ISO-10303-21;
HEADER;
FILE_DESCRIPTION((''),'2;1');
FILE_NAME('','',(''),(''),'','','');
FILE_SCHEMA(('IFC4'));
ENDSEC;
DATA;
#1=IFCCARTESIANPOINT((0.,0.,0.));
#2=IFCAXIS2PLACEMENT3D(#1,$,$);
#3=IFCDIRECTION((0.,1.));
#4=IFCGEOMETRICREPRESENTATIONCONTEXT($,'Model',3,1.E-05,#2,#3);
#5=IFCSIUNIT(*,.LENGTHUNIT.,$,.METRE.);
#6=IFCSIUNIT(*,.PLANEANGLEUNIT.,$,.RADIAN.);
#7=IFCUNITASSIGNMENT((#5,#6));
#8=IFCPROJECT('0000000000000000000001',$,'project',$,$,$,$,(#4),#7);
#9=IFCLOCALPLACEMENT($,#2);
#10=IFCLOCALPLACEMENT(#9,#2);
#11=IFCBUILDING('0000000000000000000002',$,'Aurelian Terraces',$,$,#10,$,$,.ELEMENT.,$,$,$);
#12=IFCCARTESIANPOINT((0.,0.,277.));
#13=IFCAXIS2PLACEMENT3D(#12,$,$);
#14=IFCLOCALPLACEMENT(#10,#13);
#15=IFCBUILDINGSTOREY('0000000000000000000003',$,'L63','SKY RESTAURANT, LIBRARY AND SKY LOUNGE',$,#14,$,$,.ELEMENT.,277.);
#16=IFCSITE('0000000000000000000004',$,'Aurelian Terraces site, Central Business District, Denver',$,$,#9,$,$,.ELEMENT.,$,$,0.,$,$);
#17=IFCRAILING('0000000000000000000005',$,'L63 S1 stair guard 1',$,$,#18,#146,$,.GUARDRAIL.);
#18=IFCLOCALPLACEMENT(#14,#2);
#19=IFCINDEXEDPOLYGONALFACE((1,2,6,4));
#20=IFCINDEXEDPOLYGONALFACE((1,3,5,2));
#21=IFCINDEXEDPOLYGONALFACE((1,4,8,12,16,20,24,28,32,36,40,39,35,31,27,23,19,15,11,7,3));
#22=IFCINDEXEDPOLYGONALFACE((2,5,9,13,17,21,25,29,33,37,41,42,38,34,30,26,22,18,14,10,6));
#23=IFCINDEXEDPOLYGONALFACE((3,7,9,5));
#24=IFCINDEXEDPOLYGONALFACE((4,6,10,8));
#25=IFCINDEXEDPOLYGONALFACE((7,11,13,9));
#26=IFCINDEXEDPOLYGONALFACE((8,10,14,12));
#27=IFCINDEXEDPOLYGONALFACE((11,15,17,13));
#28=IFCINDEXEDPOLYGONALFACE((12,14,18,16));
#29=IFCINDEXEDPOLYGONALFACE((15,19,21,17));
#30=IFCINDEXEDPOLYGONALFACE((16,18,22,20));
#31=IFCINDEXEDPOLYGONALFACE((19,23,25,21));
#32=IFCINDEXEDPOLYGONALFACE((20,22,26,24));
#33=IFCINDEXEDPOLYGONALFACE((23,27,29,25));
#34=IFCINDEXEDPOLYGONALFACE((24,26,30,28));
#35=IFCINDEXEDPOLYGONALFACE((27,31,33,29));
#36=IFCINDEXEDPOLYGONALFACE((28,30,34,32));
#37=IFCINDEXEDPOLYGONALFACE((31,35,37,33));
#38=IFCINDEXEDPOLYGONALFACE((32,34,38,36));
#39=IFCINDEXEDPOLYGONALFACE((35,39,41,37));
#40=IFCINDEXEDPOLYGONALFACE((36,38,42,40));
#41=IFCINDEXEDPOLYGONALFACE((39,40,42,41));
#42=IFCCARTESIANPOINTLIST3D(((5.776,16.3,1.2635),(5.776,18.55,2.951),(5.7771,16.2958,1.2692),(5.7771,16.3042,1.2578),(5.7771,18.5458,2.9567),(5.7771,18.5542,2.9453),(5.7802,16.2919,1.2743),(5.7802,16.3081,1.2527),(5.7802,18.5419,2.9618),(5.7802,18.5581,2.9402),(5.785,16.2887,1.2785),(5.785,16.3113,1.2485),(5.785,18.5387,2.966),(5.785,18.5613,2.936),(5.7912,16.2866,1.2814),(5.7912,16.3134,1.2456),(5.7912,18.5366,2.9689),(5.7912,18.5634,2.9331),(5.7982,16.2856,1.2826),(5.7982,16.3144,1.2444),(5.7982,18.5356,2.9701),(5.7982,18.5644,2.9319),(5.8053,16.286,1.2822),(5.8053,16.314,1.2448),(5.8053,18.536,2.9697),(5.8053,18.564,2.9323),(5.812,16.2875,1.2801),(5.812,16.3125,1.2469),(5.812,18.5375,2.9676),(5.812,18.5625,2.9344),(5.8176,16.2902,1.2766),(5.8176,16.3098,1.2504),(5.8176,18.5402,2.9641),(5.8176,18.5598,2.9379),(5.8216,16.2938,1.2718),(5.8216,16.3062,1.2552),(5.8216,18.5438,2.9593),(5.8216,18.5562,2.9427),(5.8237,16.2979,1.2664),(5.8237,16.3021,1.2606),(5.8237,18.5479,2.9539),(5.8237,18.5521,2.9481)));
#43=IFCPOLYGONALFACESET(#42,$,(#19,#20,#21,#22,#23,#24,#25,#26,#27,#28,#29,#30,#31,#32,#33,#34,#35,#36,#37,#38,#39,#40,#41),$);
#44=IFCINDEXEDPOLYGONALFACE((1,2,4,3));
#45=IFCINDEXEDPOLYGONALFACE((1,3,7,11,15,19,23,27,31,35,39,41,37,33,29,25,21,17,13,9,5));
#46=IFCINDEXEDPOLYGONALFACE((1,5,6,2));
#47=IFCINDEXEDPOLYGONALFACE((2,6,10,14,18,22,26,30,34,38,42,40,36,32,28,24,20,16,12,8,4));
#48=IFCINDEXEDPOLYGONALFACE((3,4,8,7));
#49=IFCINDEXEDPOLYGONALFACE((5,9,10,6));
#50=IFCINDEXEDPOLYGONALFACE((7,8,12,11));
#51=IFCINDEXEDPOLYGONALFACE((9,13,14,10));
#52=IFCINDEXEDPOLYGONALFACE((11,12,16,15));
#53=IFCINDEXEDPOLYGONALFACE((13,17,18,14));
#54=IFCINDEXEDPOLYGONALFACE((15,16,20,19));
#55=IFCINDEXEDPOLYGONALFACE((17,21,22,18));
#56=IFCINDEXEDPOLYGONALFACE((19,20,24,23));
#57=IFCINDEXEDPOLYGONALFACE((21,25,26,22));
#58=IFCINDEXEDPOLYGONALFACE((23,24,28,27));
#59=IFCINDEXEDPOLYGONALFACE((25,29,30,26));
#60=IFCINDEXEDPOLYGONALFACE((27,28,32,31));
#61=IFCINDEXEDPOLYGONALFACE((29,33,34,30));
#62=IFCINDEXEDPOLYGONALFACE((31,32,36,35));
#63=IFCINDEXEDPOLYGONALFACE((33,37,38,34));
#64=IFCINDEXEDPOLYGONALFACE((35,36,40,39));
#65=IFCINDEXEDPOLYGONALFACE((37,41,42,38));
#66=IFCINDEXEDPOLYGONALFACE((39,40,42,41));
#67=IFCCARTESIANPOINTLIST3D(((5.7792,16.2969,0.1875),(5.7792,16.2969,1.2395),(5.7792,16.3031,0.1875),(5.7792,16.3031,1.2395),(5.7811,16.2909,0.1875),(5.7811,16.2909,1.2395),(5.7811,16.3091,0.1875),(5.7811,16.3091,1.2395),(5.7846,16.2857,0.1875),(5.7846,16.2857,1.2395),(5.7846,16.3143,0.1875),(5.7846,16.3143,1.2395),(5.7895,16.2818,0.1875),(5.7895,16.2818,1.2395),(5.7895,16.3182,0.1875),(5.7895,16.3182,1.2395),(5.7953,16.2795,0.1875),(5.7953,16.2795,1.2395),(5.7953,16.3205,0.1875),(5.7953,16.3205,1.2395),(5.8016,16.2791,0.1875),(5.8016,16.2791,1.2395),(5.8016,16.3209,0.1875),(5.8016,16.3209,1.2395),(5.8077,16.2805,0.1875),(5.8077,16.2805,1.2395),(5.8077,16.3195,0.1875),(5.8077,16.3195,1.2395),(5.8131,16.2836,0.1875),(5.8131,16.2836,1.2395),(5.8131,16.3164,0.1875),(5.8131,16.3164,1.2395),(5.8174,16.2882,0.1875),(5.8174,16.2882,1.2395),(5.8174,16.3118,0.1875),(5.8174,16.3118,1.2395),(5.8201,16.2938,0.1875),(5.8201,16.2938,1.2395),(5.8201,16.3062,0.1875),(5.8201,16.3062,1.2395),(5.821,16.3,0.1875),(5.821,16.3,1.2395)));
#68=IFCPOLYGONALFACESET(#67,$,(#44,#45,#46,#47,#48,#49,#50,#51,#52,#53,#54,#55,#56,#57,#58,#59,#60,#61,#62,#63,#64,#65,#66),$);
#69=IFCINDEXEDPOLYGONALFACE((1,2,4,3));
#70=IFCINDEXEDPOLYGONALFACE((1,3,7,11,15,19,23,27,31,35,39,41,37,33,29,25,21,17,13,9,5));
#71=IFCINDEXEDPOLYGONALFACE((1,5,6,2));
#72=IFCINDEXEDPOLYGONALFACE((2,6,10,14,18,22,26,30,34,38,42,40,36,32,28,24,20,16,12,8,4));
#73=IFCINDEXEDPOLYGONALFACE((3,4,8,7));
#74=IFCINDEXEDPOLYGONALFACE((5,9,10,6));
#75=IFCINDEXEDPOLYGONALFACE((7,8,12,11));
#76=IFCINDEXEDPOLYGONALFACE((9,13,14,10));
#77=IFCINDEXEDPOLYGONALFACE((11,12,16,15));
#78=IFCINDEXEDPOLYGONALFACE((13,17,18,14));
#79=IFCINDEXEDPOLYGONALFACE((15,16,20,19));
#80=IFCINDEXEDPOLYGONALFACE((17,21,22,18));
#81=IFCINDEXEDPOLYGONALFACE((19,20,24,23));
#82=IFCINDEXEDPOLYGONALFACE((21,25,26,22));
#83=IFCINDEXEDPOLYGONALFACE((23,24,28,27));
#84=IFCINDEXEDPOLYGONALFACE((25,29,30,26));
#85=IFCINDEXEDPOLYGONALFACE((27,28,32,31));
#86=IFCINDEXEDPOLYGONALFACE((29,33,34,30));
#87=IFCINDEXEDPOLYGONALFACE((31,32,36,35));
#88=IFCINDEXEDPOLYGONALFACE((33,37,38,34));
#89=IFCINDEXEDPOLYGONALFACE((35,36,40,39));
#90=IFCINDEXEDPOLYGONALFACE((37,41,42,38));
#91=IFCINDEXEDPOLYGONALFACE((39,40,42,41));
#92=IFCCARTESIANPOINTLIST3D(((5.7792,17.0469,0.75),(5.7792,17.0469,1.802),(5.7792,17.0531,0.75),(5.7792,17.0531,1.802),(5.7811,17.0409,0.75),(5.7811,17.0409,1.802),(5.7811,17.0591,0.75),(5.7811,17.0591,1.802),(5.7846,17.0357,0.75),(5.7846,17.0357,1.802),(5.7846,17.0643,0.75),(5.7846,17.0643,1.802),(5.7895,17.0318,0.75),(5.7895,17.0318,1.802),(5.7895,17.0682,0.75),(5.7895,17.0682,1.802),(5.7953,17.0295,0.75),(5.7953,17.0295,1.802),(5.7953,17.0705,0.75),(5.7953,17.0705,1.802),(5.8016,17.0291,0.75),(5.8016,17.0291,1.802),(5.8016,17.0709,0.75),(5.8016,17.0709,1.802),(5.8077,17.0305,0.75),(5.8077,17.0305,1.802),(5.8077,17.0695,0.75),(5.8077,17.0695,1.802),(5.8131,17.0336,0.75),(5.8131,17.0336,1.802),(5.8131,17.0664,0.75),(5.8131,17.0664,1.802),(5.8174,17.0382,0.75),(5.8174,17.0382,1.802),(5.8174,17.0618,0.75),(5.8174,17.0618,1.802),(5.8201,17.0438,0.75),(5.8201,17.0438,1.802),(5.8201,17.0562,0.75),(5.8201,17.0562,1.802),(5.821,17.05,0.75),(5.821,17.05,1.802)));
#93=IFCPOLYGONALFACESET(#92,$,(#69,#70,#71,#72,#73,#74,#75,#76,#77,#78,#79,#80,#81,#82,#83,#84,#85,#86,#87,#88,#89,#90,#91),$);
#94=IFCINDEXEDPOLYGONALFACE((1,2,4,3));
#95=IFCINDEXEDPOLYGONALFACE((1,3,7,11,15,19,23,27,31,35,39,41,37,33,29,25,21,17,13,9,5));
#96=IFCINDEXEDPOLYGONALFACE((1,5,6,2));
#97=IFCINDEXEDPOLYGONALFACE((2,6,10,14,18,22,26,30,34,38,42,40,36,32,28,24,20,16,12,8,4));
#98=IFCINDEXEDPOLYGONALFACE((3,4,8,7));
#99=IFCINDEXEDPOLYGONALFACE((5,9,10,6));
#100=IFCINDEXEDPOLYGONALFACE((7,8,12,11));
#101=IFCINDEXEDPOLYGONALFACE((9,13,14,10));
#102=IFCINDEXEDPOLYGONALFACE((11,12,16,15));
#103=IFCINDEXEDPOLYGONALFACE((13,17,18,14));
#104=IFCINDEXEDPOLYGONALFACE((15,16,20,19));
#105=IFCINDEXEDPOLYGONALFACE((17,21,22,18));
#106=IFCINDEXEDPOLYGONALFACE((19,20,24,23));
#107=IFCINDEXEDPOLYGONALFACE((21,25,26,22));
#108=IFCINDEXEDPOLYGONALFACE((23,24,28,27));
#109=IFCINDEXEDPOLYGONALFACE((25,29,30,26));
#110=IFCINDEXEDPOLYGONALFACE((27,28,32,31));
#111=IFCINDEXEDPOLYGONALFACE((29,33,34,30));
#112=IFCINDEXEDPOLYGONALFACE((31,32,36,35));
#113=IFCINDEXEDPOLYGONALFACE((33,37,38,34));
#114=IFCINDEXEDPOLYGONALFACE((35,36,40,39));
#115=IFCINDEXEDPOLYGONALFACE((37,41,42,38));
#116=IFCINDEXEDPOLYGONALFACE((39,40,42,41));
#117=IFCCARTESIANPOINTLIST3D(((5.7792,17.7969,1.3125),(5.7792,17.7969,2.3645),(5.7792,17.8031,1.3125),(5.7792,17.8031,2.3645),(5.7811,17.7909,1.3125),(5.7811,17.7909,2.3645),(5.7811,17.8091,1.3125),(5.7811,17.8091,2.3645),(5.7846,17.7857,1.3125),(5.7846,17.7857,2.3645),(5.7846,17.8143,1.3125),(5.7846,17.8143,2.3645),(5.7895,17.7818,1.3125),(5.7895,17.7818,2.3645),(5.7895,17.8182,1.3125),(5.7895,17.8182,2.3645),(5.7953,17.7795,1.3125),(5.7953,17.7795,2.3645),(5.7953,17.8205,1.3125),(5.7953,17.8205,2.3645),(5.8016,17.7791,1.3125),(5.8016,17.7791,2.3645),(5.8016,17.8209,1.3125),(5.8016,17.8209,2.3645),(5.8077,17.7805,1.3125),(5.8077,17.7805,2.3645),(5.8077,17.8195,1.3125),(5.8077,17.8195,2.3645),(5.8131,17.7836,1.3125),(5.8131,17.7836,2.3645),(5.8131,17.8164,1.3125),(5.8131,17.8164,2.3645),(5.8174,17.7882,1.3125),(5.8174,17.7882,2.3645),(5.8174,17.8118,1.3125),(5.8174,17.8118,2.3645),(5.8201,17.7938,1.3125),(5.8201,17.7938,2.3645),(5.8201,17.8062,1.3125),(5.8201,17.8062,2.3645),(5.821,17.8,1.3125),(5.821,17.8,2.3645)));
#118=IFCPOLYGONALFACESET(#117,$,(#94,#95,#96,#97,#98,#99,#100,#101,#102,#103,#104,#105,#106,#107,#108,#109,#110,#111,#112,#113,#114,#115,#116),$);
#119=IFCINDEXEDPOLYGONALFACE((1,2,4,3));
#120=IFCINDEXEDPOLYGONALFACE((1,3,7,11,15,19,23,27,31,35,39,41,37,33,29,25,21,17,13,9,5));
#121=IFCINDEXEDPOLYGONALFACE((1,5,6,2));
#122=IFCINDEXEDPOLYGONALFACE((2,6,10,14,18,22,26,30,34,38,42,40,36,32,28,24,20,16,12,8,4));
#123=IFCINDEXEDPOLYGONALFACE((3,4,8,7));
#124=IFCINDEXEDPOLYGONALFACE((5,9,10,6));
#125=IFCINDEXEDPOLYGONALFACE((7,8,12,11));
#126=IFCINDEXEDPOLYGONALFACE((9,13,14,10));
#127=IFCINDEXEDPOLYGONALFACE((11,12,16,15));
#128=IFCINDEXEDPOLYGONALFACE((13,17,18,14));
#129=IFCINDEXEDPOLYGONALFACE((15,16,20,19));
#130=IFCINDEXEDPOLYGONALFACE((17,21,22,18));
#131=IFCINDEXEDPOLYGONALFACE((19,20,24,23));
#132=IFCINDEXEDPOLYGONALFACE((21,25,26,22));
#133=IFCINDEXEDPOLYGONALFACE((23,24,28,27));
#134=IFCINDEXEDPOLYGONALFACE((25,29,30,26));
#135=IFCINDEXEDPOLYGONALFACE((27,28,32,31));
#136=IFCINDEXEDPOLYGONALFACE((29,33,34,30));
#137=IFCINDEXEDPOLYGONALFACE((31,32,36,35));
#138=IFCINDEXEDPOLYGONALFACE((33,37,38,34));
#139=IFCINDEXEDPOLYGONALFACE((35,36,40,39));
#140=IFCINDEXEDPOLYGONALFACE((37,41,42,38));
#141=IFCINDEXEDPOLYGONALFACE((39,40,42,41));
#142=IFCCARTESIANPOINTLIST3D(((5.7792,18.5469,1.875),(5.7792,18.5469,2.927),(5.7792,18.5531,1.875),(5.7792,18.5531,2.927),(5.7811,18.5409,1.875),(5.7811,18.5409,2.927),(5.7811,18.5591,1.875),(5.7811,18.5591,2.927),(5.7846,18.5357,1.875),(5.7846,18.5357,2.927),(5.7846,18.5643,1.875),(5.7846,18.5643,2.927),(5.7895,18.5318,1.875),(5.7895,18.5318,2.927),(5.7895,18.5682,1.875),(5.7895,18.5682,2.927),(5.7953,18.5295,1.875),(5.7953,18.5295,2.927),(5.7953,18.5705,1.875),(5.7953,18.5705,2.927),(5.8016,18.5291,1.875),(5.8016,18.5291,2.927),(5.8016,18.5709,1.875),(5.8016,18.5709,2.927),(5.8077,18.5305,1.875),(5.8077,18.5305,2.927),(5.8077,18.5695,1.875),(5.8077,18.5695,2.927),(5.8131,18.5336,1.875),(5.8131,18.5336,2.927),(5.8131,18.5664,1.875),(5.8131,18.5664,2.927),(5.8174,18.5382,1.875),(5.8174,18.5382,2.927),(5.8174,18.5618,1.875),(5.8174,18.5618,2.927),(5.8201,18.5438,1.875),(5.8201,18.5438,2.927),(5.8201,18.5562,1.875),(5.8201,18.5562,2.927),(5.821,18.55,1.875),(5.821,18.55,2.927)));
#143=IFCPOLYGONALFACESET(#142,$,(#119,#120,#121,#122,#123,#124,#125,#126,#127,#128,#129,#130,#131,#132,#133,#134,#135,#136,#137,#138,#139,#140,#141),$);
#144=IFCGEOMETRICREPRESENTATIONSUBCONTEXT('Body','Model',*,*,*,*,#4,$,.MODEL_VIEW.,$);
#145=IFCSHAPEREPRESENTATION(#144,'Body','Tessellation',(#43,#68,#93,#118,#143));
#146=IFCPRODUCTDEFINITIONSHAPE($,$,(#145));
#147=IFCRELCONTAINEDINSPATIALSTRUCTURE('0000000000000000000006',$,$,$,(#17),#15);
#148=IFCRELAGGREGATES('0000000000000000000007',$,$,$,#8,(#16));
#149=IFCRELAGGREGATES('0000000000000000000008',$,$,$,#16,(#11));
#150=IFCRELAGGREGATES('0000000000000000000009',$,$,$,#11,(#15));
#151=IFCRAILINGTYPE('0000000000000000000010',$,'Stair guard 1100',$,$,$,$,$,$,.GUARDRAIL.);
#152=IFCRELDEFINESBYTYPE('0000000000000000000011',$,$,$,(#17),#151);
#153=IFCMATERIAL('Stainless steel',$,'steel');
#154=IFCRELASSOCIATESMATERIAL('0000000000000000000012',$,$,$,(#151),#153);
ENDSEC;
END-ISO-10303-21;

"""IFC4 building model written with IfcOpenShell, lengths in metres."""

from ifc_helpers import new_model, si_unit, direction, frame, origin, origin_2d, place, context, subcontext, project, spatial, circle, extrude, source, transform, mapped, material, type_object, element, save


model = new_model("IFC4")

# Units and contexts
model_context = context("Model", 3, precision=1e-05, world=origin(), true_north=direction((0.0, 1.0)))
body_context = subcontext(model_context, "Body", "Model", "MODEL_VIEW")
ifc_project = project(units=[si_unit("LENGTHUNIT", "METRE"), si_unit("PLANEANGLEUNIT", "RADIAN")], contexts=[model_context])

# Site, building, storey
site_placement = place(None, origin())
site = spatial("IfcSite", under=ifc_project, at=site_placement, Name="Aurelian Terraces site, Central Business District, Denver", CompositionType="ELEMENT", RefElevation=0.0)
building_placement = place(site_placement, origin())
building = spatial("IfcBuilding", under=site, at=building_placement, Name="Aurelian Terraces", CompositionType="ELEMENT")
storey_placement = place(building_placement, frame((0.0, 0.0, 277.0)))
storey = spatial("IfcBuildingStorey", under=building, at=storey_placement, Name="L63", Description="SKY RESTAURANT, LIBRARY AND SKY LOUNGE", CompositionType="ELEMENT", Elevation=277.0)

# Shared definitions
ifc_material_1 = material(Name="Stainless steel", Category="steel")

# Railing
railing_type = type_object("IfcRailingType", Name="Stair guard 1100", PredefinedType="GUARDRAIL", material=ifc_material_1)
shared_shape_1 = source(origin(), body_context, "Body", "SweptSolid", [
    extrude(circle(Radius=0.024, at=origin_2d()), frame((0.0, 0.0, 1.076), z_axis=(0.0, 0.8, 0.6), x_axis=(-1.0, 0.0, 0.0)), (0.0, 0.0, 1.0), 2.8125),
    extrude(circle(Radius=0.021, at=origin_2d()), origin(), (0.0, 0.0, 1.0), 1.052),
    extrude(circle(Radius=0.021, at=origin_2d()), frame((0.0, 0.75, 0.5625)), (0.0, 0.0, 1.0), 1.052),
    extrude(circle(Radius=0.021, at=origin_2d()), frame((0.0, 1.5, 1.125)), (0.0, 0.0, 1.0), 1.052),
    extrude(circle(Radius=0.021, at=origin_2d()), frame((0.0, 2.25, 1.6875)), (0.0, 0.0, 1.0), 1.052),
])
for number, where, name in (
    (1, (5.8, 16.3, 0.1875), "L63 S1 stair guard 1"),
):
    element("IfcRailing", number, at=place(storey_placement, frame(where)), inside=storey, type_object=railing_type, Name=name, PredefinedType="GUARDRAIL", context=body_context, shape_type="MappedRepresentation", body=[
        mapped(shared_shape_1, transform((0.0, 0.0, 0.0), scale=1.0)),
    ])

save(model, "model.ifc")
